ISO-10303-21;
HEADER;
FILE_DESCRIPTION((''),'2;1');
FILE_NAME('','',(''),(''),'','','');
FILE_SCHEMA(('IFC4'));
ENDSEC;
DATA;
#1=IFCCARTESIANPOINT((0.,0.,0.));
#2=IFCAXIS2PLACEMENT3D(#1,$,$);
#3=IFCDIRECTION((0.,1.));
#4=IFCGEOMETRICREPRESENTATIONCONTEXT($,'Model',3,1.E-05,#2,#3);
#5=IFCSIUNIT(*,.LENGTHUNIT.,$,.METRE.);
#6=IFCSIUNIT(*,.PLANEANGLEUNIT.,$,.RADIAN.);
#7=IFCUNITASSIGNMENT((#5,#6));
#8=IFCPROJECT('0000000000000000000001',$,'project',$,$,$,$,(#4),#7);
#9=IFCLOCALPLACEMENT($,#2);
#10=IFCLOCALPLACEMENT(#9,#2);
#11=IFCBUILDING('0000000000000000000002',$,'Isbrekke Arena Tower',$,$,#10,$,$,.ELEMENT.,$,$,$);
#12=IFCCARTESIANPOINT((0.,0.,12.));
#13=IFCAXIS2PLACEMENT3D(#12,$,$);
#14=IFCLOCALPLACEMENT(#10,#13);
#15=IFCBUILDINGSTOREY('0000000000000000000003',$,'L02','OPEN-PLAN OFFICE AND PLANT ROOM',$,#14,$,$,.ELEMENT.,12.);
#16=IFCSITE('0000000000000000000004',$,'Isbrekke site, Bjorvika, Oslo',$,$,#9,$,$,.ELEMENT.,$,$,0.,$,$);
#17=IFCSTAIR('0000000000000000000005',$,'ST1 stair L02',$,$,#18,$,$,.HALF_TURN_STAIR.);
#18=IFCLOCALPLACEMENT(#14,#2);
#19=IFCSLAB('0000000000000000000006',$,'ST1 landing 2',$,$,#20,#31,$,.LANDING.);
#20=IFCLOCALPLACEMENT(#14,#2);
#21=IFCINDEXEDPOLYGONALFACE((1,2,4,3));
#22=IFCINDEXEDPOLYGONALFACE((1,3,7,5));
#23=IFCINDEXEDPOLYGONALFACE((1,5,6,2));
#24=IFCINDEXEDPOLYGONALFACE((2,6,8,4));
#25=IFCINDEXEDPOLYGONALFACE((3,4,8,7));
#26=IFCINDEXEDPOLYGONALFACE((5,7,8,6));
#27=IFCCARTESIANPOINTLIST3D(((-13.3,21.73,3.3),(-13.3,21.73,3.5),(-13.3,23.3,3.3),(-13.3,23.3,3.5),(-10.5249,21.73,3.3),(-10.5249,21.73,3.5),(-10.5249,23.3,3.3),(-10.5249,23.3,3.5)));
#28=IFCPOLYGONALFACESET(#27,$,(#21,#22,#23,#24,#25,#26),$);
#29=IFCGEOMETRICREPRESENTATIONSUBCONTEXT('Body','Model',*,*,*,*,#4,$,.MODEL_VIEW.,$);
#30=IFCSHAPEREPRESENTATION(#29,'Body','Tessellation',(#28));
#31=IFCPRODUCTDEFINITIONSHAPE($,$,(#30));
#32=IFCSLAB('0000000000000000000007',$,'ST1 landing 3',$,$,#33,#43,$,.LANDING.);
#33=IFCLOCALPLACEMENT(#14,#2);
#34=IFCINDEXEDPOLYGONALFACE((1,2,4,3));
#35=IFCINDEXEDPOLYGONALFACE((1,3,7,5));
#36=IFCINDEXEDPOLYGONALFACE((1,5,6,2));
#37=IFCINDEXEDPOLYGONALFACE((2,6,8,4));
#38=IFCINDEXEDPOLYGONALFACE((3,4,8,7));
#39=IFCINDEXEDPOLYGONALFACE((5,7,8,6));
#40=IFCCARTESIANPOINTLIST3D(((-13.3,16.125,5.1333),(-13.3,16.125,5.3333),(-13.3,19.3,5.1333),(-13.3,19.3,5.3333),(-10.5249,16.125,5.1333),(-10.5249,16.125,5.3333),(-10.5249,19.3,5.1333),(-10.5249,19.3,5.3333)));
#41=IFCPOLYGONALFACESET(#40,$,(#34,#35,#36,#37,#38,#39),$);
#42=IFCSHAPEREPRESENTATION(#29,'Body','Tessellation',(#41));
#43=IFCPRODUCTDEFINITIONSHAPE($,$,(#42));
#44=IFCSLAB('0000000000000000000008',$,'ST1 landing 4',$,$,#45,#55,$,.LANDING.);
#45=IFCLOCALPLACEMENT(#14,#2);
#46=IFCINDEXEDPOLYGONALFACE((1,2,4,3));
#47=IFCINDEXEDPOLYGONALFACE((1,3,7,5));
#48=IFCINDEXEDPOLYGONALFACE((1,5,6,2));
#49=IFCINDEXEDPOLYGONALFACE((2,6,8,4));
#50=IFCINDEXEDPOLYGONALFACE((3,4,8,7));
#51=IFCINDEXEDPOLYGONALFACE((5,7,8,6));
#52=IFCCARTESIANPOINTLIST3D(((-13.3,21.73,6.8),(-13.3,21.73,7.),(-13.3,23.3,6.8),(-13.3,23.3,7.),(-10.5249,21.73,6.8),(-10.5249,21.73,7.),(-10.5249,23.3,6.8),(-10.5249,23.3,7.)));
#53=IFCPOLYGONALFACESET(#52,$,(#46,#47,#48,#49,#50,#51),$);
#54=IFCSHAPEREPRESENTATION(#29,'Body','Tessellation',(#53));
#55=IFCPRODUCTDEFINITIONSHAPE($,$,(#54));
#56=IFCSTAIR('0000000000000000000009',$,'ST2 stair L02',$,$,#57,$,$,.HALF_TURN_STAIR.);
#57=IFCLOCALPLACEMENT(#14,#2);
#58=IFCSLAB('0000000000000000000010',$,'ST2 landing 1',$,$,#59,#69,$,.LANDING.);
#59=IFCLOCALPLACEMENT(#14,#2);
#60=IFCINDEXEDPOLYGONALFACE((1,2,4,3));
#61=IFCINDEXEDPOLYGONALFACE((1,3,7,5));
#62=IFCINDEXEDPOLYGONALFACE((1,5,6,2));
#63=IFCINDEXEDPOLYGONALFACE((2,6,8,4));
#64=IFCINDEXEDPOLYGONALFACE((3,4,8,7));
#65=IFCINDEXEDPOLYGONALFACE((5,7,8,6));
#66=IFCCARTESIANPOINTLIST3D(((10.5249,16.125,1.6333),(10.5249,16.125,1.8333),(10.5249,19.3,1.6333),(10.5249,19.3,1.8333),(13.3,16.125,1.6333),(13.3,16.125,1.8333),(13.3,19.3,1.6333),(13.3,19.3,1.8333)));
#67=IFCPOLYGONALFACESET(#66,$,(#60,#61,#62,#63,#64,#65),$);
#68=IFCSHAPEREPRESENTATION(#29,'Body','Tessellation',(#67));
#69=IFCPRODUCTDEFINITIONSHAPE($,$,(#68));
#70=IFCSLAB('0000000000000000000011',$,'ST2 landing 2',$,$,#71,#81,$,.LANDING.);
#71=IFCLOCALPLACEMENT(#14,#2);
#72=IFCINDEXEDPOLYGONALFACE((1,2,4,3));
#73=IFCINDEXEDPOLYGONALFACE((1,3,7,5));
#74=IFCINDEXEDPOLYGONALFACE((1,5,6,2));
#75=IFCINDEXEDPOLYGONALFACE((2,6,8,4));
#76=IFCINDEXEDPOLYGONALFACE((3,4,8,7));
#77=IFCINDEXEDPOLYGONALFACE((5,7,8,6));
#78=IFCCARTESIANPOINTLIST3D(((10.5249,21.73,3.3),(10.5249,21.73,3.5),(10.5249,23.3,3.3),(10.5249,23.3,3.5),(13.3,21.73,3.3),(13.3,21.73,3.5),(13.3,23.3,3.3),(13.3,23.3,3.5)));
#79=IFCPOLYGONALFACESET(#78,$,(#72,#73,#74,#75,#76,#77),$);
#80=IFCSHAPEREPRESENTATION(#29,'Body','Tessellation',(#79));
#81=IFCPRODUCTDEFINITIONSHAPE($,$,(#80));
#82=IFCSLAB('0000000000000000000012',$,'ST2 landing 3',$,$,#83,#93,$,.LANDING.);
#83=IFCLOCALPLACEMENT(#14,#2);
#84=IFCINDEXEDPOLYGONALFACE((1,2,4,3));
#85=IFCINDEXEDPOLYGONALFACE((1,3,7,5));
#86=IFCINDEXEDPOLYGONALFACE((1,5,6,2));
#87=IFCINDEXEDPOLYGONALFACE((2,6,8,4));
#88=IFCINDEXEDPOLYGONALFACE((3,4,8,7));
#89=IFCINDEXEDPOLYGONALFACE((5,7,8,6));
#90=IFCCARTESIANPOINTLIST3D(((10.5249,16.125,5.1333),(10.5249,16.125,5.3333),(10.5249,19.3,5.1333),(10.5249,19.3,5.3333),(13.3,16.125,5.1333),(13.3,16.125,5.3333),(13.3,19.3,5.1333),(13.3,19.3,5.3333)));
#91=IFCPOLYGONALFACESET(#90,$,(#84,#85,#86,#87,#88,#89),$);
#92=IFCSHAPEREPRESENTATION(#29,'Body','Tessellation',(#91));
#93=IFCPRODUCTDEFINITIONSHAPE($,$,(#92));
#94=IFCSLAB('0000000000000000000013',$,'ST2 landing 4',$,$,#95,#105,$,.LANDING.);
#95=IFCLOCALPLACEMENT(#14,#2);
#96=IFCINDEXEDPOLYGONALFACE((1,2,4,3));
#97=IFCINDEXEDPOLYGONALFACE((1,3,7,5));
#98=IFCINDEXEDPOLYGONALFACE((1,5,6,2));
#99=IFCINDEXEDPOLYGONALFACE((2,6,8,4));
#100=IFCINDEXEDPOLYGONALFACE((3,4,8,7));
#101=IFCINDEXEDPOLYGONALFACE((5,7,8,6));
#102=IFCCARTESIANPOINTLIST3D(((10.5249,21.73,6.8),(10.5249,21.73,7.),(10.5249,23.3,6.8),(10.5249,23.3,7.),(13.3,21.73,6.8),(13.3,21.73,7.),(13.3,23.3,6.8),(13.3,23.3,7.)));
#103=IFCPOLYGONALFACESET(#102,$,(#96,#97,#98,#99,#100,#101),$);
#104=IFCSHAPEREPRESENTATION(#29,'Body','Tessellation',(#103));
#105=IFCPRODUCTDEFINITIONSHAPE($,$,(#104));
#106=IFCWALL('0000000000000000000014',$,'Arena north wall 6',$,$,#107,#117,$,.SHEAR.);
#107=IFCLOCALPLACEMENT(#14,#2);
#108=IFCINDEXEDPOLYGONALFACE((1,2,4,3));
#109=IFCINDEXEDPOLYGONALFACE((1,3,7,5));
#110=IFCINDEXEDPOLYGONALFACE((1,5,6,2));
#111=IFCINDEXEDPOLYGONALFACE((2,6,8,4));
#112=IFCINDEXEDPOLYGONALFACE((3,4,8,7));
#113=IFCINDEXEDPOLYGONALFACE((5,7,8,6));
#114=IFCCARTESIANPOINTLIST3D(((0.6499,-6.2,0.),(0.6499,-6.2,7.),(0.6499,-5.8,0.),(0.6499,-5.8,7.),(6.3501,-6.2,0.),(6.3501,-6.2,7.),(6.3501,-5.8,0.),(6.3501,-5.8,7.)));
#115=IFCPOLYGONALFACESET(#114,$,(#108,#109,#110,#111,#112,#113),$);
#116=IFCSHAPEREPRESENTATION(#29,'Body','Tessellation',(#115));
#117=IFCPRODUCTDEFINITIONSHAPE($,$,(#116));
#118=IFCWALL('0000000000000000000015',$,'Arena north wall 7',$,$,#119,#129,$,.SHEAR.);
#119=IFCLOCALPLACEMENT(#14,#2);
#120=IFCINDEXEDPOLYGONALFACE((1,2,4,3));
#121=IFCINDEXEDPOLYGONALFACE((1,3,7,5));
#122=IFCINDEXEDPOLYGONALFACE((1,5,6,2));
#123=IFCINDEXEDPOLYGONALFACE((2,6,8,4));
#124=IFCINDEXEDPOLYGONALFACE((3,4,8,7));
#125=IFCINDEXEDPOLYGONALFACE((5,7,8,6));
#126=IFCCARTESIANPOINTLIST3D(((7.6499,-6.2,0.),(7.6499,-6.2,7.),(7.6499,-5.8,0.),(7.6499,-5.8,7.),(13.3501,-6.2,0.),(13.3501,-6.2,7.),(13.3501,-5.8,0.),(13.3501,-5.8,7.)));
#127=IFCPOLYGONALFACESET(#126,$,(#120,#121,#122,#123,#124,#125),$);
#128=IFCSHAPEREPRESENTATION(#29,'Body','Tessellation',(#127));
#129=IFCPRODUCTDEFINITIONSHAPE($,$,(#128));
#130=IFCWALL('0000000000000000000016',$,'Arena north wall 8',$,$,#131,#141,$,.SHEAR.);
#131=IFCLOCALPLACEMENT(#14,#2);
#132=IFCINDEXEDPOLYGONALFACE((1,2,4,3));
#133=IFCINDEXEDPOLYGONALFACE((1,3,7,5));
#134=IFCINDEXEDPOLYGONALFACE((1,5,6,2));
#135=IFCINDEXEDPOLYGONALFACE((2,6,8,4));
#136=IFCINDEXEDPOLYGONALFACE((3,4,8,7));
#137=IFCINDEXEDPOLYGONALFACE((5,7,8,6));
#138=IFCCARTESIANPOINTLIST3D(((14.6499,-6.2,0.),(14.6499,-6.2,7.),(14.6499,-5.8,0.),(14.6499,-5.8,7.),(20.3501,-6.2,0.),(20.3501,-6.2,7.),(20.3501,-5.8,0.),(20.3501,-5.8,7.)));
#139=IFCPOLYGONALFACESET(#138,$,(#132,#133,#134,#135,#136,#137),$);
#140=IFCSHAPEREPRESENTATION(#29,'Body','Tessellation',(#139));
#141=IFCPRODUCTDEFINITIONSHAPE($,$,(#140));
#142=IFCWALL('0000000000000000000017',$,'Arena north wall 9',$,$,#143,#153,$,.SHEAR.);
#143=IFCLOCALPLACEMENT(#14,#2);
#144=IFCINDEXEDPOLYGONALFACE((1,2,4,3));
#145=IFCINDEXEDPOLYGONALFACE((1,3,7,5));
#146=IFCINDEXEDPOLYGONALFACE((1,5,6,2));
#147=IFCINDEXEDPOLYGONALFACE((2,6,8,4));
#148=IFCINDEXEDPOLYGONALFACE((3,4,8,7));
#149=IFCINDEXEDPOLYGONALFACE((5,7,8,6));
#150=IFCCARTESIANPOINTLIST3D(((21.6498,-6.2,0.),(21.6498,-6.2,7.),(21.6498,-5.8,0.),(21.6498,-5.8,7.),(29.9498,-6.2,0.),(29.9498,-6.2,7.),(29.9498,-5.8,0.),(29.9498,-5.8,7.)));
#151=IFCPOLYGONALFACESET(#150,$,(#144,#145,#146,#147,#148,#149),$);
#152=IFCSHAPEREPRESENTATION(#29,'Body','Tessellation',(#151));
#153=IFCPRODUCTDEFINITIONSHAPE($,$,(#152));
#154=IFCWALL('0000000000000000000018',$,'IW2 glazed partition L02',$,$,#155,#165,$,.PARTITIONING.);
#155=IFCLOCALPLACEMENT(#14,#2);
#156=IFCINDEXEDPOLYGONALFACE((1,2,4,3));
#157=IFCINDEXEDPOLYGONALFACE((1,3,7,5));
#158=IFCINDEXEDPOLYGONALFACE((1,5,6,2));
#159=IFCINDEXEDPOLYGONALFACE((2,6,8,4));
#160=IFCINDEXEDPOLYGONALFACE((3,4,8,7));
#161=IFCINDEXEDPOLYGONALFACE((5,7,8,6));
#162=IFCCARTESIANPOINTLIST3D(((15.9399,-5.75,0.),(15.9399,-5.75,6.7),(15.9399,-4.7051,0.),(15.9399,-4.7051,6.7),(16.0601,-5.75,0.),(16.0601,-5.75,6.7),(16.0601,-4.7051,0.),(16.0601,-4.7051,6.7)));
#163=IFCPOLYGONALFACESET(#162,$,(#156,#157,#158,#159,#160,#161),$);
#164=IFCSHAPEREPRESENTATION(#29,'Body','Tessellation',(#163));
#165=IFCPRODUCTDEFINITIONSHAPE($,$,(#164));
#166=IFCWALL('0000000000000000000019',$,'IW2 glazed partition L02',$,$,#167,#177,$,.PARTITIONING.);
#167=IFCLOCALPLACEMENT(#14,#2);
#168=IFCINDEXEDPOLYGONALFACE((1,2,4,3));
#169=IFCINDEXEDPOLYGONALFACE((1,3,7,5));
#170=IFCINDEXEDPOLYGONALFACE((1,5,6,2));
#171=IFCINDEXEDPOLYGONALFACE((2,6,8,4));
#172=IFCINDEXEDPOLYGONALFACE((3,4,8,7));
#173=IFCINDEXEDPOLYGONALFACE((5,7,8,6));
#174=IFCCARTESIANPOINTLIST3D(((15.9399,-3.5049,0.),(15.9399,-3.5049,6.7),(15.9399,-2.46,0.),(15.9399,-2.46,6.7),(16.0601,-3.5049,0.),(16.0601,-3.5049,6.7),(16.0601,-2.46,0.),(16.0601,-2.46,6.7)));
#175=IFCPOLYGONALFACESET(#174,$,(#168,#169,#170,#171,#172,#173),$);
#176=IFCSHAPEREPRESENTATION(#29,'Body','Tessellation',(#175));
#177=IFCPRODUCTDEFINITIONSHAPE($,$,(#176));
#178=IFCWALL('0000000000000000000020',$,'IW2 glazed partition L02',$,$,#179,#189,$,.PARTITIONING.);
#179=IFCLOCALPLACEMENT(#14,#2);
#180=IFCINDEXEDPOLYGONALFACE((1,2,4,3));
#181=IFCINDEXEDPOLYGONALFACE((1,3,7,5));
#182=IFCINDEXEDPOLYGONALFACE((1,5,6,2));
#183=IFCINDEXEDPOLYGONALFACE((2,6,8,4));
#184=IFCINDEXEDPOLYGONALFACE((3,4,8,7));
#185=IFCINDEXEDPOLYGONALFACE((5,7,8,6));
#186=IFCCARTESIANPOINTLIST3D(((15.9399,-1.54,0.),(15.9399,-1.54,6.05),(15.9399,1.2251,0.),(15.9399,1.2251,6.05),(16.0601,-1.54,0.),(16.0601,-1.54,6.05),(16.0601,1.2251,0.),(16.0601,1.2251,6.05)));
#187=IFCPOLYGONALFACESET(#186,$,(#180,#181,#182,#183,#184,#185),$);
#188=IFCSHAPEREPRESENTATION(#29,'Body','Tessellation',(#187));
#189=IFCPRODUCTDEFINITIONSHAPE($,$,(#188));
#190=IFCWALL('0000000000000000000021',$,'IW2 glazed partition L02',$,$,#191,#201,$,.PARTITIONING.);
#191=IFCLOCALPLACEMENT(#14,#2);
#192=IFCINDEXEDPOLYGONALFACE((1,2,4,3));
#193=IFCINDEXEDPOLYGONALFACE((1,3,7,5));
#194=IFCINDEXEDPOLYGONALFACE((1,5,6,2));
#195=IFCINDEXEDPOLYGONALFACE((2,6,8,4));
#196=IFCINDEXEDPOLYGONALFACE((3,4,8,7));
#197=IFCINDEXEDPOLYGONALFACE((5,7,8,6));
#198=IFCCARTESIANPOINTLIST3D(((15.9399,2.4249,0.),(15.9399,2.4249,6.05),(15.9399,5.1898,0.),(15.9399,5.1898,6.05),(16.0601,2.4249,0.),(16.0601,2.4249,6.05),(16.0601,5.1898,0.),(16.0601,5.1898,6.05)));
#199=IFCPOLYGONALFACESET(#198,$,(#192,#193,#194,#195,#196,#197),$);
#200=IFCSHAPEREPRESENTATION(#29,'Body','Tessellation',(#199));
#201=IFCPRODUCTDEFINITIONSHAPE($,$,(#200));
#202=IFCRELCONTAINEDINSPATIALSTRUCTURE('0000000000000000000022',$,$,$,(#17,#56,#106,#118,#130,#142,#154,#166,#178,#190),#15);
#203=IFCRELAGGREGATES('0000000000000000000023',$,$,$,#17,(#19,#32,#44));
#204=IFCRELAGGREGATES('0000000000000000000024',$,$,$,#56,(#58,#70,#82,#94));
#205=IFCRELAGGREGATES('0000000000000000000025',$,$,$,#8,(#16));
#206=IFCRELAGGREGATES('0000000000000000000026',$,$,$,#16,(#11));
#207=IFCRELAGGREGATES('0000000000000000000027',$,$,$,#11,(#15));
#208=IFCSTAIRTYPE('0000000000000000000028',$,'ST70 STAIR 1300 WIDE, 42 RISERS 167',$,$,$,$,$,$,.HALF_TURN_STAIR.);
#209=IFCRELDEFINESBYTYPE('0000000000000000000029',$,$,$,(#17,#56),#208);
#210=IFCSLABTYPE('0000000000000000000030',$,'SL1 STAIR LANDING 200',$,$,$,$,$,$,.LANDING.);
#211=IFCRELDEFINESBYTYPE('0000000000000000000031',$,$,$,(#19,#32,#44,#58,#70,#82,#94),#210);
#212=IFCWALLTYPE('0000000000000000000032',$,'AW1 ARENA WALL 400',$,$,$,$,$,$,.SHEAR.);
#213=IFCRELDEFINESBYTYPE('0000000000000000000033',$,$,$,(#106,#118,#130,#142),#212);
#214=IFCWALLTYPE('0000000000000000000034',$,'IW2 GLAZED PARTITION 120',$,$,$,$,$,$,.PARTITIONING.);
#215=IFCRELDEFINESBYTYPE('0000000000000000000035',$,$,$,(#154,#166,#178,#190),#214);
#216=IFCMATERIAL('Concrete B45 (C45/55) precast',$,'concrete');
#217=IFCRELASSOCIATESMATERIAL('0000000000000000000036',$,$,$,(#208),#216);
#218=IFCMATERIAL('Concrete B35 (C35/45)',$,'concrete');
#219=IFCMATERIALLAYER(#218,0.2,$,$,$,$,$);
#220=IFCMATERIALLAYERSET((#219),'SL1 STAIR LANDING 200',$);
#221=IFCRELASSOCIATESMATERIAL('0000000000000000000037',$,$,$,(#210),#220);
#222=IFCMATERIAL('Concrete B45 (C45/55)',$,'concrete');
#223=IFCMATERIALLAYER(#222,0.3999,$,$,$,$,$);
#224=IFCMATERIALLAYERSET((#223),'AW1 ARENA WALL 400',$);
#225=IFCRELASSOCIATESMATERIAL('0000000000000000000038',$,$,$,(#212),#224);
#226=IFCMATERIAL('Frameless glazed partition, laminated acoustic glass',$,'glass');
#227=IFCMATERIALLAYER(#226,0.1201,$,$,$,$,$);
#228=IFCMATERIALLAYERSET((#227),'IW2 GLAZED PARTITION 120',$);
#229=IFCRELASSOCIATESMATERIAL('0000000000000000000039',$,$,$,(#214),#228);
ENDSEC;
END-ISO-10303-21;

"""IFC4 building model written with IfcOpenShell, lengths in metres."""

from ifc_helpers import new_model, si_unit, direction, frame, frame_2d, origin, place, context, subcontext, project, spatial, polyline, rectangle, outline, extrude, material, layer, layer_set, type_object, element, aggregate, save


model = new_model("IFC4")

# Units and contexts
model_context = context("Model", 3, precision=1e-05, world=origin(), true_north=direction((0.0, 1.0)))
body_context = subcontext(model_context, "Body", "Model", "MODEL_VIEW")
ifc_project = project(units=[si_unit("LENGTHUNIT", "METRE"), si_unit("PLANEANGLEUNIT", "RADIAN")], contexts=[model_context])

# Site, building, storey
site_placement = place(None, origin())
site = spatial("IfcSite", under=ifc_project, at=site_placement, Name="Isbrekke site, Bjorvika, Oslo", CompositionType="ELEMENT", RefElevation=0.0)
building_placement = place(site_placement, origin())
building = spatial("IfcBuilding", under=site, at=building_placement, Name="Isbrekke Arena Tower", CompositionType="ELEMENT")
storey_placement = place(building_placement, frame((0.0, 0.0, 12.0)))
storey = spatial("IfcBuildingStorey", under=building, at=storey_placement, Name="L02", Description="OPEN-PLAN OFFICE AND PLANT ROOM", CompositionType="ELEMENT", Elevation=12.0)

# Stairs, slabs
ifc_material_1 = material(Name="Concrete B45 (C45/55) precast", Category="concrete")
stair_type = type_object("IfcStairType", Name="ST70 STAIR 1300 WIDE, 42 RISERS 167", PredefinedType="HALF_TURN_STAIR", material=ifc_material_1)
stair_1_placement = place(storey_placement, origin())
stair_1 = element("IfcStair", 1, at=stair_1_placement, inside=storey, type_object=stair_type, Name="ST1 stair L02", PredefinedType="HALF_TURN_STAIR")
ifc_material_2 = material(Name="Concrete B35 (C35/45)", Category="concrete")
ifc_layer_1 = layer(ifc_material_2, 0.2)
ifc_layer_set_1 = layer_set([ifc_layer_1], Name="SL1 STAIR LANDING 200")
slab_type = type_object("IfcSlabType", Name="SL1 STAIR LANDING 200", PredefinedType="LANDING", material=ifc_layer_set_1)
slab_1_placement = place(storey_placement, frame((0.0, 0.0, 3.3)))
slab_1 = element("IfcSlab", 2, at=slab_1_placement, type_object=slab_type, Name="ST1 landing 2", PredefinedType="LANDING", context=body_context, shape_type="SweptSolid", body=[
    extrude(outline(polyline([(-13.3, 21.73), (-10.5249, 21.73), (-10.5249, 23.3), (-13.3, 23.3), (-13.3, 21.73)])), origin(), (0.0, 0.0, 1.0), 0.2),
])
slab_2_placement = place(storey_placement, frame((0.0, 0.0, 5.1333)))
slab_2 = element("IfcSlab", 3, at=slab_2_placement, type_object=slab_type, Name="ST1 landing 3", PredefinedType="LANDING", context=body_context, shape_type="SweptSolid", body=[
    extrude(outline(polyline([(-13.3, 16.125), (-10.5249, 16.125), (-10.5249, 19.3), (-13.3, 19.3), (-13.3, 16.125)])), origin(), (0.0, 0.0, 1.0), 0.2),
])
slab_3_placement = place(storey_placement, frame((0.0, 0.0, 6.8)))
slab_3 = element("IfcSlab", 4, at=slab_3_placement, type_object=slab_type, Name="ST1 landing 4", PredefinedType="LANDING", context=body_context, shape_type="SweptSolid", body=[
    extrude(outline(polyline([(-13.3, 21.73), (-10.5249, 21.73), (-10.5249, 23.3), (-13.3, 23.3), (-13.3, 21.73)])), origin(), (0.0, 0.0, 1.0), 0.2),
])
aggregate(stair_1, [slab_1, slab_2, slab_3])
stair_2_placement = place(storey_placement, origin())
stair_2 = element("IfcStair", 5, at=stair_2_placement, inside=storey, type_object=stair_type, Name="ST2 stair L02", PredefinedType="HALF_TURN_STAIR")
slab_4_placement = place(storey_placement, frame((0.0, 0.0, 1.6333)))
slab_4 = element("IfcSlab", 6, at=slab_4_placement, type_object=slab_type, Name="ST2 landing 1", PredefinedType="LANDING", context=body_context, shape_type="SweptSolid", body=[
    extrude(outline(polyline([(10.5249, 16.125), (13.3, 16.125), (13.3, 19.3), (10.5249, 19.3), (10.5249, 16.125)])), origin(), (0.0, 0.0, 1.0), 0.2),
])
slab_5_placement = place(storey_placement, frame((0.0, 0.0, 3.3)))
slab_5 = element("IfcSlab", 7, at=slab_5_placement, type_object=slab_type, Name="ST2 landing 2", PredefinedType="LANDING", context=body_context, shape_type="SweptSolid", body=[
    extrude(outline(polyline([(10.5249, 21.73), (13.3, 21.73), (13.3, 23.3), (10.5249, 23.3), (10.5249, 21.73)])), origin(), (0.0, 0.0, 1.0), 0.2),
])
slab_6_placement = place(storey_placement, frame((0.0, 0.0, 5.1333)))
slab_6 = element("IfcSlab", 8, at=slab_6_placement, type_object=slab_type, Name="ST2 landing 3", PredefinedType="LANDING", context=body_context, shape_type="SweptSolid", body=[
    extrude(outline(polyline([(10.5249, 16.125), (13.3, 16.125), (13.3, 19.3), (10.5249, 19.3), (10.5249, 16.125)])), origin(), (0.0, 0.0, 1.0), 0.2),
])
slab_7_placement = place(storey_placement, frame((0.0, 0.0, 6.8)))
slab_7 = element("IfcSlab", 9, at=slab_7_placement, type_object=slab_type, Name="ST2 landing 4", PredefinedType="LANDING", context=body_context, shape_type="SweptSolid", body=[
    extrude(outline(polyline([(10.5249, 21.73), (13.3, 21.73), (13.3, 23.3), (10.5249, 23.3), (10.5249, 21.73)])), origin(), (0.0, 0.0, 1.0), 0.2),
])
aggregate(stair_2, [slab_4, slab_5, slab_6, slab_7])

# Walls
ifc_material_3 = material(Name="Concrete B45 (C45/55)", Category="concrete")
ifc_layer_2 = layer(ifc_material_3, 0.3999)
ifc_layer_set_2 = layer_set([ifc_layer_2], Name="AW1 ARENA WALL 400")
wall_type_1 = type_object("IfcWallType", Name="AW1 ARENA WALL 400", PredefinedType="SHEAR", material=ifc_layer_set_2)
for number, where, z_axis, x_axis, name in (
    (10, (0.6499, -6.0, 0.0), (0.0, 0.0, 1.0), (1.0, 0.0, 0.0), "Arena north wall 6"),
    (11, (7.6499, -6.0, 0.0), (0.0, 0.0, 1.0), (1.0, 0.0, 0.0), "Arena north wall 7"),
    (12, (14.6499, -6.0, 0.0), (0.0, 0.0, 1.0), (1.0, 0.0, 0.0), "Arena north wall 8"),
):
    element("IfcWall", number, at=place(storey_placement, frame(where, z_axis=z_axis, x_axis=x_axis)), inside=storey, type_object=wall_type_1, Name=name, PredefinedType="SHEAR", context=body_context, shape_type="SweptSolid", body=[
        extrude(rectangle(XDim=5.7002, YDim=0.3999, at=frame_2d((2.8501, 0.0))), origin(), (0.0, 0.0, 1.0), 7.0),
    ])
wall_1_placement = place(storey_placement, frame((21.6499, -6.0, 0.0), z_axis=(0.0, 0.0, 1.0), x_axis=(1.0, 0.0, 0.0)))
element("IfcWall", 13, at=wall_1_placement, inside=storey, type_object=wall_type_1, Name="Arena north wall 9", PredefinedType="SHEAR", context=body_context, shape_type="SweptSolid", body=[
    extrude(rectangle(XDim=8.3, YDim=0.3999, at=frame_2d((4.1499, 0.0))), origin(), (0.0, 0.0, 1.0), 7.0),
])
ifc_material_4 = material(Name="Frameless glazed partition, laminated acoustic glass", Category="glass")
ifc_layer_3 = layer(ifc_material_4, 0.1201)
ifc_layer_set_3 = layer_set([ifc_layer_3], Name="IW2 GLAZED PARTITION 120")
wall_type_2 = type_object("IfcWallType", Name="IW2 GLAZED PARTITION 120", PredefinedType="PARTITIONING", material=ifc_layer_set_3)
for number, where, z_axis, x_axis, name in (
    (14, (16.0, -5.75, 0.0), (0.0, 0.0, 1.0), (0.0, 1.0, 0.0), "IW2 glazed partition L02"),
    (15, (16.0, -3.5049, 0.0), (0.0, 0.0, 1.0), (0.0, 1.0, 0.0), "IW2 glazed partition L02"),
):
    element("IfcWall", number, at=place(storey_placement, frame(where, z_axis=z_axis, x_axis=x_axis)), inside=storey, type_object=wall_type_2, Name=name, PredefinedType="PARTITIONING", context=body_context, shape_type="SweptSolid", body=[
        extrude(rectangle(XDim=1.0449, YDim=0.1201, at=frame_2d((0.5225, 0.0))), origin(), (0.0, 0.0, 1.0), 6.7),
    ])
wall_2_placement = place(storey_placement, frame((16.0, -1.54, 0.0), z_axis=(0.0, 0.0, 1.0), x_axis=(0.0, 1.0, 0.0)))
element("IfcWall", 16, at=wall_2_placement, inside=storey, type_object=wall_type_2, Name="IW2 glazed partition L02", PredefinedType="PARTITIONING", context=body_context, shape_type="SweptSolid", body=[
    extrude(rectangle(XDim=2.7651, YDim=0.1201, at=frame_2d((1.3826, 0.0))), origin(), (0.0, 0.0, 1.0), 6.05),
])
wall_3_placement = place(storey_placement, frame((16.0, 2.425, 0.0), z_axis=(0.0, 0.0, 1.0), x_axis=(0.0, 1.0, 0.0)))
element("IfcWall", 17, at=wall_3_placement, inside=storey, type_object=wall_type_2, Name="IW2 glazed partition L02", PredefinedType="PARTITIONING", context=body_context, shape_type="SweptSolid", body=[
    extrude(rectangle(XDim=2.7649, YDim=0.1201, at=frame_2d((1.3823, 0.0))), origin(), (0.0, 0.0, 1.0), 6.05),
])

save(model, "model.ifc")
